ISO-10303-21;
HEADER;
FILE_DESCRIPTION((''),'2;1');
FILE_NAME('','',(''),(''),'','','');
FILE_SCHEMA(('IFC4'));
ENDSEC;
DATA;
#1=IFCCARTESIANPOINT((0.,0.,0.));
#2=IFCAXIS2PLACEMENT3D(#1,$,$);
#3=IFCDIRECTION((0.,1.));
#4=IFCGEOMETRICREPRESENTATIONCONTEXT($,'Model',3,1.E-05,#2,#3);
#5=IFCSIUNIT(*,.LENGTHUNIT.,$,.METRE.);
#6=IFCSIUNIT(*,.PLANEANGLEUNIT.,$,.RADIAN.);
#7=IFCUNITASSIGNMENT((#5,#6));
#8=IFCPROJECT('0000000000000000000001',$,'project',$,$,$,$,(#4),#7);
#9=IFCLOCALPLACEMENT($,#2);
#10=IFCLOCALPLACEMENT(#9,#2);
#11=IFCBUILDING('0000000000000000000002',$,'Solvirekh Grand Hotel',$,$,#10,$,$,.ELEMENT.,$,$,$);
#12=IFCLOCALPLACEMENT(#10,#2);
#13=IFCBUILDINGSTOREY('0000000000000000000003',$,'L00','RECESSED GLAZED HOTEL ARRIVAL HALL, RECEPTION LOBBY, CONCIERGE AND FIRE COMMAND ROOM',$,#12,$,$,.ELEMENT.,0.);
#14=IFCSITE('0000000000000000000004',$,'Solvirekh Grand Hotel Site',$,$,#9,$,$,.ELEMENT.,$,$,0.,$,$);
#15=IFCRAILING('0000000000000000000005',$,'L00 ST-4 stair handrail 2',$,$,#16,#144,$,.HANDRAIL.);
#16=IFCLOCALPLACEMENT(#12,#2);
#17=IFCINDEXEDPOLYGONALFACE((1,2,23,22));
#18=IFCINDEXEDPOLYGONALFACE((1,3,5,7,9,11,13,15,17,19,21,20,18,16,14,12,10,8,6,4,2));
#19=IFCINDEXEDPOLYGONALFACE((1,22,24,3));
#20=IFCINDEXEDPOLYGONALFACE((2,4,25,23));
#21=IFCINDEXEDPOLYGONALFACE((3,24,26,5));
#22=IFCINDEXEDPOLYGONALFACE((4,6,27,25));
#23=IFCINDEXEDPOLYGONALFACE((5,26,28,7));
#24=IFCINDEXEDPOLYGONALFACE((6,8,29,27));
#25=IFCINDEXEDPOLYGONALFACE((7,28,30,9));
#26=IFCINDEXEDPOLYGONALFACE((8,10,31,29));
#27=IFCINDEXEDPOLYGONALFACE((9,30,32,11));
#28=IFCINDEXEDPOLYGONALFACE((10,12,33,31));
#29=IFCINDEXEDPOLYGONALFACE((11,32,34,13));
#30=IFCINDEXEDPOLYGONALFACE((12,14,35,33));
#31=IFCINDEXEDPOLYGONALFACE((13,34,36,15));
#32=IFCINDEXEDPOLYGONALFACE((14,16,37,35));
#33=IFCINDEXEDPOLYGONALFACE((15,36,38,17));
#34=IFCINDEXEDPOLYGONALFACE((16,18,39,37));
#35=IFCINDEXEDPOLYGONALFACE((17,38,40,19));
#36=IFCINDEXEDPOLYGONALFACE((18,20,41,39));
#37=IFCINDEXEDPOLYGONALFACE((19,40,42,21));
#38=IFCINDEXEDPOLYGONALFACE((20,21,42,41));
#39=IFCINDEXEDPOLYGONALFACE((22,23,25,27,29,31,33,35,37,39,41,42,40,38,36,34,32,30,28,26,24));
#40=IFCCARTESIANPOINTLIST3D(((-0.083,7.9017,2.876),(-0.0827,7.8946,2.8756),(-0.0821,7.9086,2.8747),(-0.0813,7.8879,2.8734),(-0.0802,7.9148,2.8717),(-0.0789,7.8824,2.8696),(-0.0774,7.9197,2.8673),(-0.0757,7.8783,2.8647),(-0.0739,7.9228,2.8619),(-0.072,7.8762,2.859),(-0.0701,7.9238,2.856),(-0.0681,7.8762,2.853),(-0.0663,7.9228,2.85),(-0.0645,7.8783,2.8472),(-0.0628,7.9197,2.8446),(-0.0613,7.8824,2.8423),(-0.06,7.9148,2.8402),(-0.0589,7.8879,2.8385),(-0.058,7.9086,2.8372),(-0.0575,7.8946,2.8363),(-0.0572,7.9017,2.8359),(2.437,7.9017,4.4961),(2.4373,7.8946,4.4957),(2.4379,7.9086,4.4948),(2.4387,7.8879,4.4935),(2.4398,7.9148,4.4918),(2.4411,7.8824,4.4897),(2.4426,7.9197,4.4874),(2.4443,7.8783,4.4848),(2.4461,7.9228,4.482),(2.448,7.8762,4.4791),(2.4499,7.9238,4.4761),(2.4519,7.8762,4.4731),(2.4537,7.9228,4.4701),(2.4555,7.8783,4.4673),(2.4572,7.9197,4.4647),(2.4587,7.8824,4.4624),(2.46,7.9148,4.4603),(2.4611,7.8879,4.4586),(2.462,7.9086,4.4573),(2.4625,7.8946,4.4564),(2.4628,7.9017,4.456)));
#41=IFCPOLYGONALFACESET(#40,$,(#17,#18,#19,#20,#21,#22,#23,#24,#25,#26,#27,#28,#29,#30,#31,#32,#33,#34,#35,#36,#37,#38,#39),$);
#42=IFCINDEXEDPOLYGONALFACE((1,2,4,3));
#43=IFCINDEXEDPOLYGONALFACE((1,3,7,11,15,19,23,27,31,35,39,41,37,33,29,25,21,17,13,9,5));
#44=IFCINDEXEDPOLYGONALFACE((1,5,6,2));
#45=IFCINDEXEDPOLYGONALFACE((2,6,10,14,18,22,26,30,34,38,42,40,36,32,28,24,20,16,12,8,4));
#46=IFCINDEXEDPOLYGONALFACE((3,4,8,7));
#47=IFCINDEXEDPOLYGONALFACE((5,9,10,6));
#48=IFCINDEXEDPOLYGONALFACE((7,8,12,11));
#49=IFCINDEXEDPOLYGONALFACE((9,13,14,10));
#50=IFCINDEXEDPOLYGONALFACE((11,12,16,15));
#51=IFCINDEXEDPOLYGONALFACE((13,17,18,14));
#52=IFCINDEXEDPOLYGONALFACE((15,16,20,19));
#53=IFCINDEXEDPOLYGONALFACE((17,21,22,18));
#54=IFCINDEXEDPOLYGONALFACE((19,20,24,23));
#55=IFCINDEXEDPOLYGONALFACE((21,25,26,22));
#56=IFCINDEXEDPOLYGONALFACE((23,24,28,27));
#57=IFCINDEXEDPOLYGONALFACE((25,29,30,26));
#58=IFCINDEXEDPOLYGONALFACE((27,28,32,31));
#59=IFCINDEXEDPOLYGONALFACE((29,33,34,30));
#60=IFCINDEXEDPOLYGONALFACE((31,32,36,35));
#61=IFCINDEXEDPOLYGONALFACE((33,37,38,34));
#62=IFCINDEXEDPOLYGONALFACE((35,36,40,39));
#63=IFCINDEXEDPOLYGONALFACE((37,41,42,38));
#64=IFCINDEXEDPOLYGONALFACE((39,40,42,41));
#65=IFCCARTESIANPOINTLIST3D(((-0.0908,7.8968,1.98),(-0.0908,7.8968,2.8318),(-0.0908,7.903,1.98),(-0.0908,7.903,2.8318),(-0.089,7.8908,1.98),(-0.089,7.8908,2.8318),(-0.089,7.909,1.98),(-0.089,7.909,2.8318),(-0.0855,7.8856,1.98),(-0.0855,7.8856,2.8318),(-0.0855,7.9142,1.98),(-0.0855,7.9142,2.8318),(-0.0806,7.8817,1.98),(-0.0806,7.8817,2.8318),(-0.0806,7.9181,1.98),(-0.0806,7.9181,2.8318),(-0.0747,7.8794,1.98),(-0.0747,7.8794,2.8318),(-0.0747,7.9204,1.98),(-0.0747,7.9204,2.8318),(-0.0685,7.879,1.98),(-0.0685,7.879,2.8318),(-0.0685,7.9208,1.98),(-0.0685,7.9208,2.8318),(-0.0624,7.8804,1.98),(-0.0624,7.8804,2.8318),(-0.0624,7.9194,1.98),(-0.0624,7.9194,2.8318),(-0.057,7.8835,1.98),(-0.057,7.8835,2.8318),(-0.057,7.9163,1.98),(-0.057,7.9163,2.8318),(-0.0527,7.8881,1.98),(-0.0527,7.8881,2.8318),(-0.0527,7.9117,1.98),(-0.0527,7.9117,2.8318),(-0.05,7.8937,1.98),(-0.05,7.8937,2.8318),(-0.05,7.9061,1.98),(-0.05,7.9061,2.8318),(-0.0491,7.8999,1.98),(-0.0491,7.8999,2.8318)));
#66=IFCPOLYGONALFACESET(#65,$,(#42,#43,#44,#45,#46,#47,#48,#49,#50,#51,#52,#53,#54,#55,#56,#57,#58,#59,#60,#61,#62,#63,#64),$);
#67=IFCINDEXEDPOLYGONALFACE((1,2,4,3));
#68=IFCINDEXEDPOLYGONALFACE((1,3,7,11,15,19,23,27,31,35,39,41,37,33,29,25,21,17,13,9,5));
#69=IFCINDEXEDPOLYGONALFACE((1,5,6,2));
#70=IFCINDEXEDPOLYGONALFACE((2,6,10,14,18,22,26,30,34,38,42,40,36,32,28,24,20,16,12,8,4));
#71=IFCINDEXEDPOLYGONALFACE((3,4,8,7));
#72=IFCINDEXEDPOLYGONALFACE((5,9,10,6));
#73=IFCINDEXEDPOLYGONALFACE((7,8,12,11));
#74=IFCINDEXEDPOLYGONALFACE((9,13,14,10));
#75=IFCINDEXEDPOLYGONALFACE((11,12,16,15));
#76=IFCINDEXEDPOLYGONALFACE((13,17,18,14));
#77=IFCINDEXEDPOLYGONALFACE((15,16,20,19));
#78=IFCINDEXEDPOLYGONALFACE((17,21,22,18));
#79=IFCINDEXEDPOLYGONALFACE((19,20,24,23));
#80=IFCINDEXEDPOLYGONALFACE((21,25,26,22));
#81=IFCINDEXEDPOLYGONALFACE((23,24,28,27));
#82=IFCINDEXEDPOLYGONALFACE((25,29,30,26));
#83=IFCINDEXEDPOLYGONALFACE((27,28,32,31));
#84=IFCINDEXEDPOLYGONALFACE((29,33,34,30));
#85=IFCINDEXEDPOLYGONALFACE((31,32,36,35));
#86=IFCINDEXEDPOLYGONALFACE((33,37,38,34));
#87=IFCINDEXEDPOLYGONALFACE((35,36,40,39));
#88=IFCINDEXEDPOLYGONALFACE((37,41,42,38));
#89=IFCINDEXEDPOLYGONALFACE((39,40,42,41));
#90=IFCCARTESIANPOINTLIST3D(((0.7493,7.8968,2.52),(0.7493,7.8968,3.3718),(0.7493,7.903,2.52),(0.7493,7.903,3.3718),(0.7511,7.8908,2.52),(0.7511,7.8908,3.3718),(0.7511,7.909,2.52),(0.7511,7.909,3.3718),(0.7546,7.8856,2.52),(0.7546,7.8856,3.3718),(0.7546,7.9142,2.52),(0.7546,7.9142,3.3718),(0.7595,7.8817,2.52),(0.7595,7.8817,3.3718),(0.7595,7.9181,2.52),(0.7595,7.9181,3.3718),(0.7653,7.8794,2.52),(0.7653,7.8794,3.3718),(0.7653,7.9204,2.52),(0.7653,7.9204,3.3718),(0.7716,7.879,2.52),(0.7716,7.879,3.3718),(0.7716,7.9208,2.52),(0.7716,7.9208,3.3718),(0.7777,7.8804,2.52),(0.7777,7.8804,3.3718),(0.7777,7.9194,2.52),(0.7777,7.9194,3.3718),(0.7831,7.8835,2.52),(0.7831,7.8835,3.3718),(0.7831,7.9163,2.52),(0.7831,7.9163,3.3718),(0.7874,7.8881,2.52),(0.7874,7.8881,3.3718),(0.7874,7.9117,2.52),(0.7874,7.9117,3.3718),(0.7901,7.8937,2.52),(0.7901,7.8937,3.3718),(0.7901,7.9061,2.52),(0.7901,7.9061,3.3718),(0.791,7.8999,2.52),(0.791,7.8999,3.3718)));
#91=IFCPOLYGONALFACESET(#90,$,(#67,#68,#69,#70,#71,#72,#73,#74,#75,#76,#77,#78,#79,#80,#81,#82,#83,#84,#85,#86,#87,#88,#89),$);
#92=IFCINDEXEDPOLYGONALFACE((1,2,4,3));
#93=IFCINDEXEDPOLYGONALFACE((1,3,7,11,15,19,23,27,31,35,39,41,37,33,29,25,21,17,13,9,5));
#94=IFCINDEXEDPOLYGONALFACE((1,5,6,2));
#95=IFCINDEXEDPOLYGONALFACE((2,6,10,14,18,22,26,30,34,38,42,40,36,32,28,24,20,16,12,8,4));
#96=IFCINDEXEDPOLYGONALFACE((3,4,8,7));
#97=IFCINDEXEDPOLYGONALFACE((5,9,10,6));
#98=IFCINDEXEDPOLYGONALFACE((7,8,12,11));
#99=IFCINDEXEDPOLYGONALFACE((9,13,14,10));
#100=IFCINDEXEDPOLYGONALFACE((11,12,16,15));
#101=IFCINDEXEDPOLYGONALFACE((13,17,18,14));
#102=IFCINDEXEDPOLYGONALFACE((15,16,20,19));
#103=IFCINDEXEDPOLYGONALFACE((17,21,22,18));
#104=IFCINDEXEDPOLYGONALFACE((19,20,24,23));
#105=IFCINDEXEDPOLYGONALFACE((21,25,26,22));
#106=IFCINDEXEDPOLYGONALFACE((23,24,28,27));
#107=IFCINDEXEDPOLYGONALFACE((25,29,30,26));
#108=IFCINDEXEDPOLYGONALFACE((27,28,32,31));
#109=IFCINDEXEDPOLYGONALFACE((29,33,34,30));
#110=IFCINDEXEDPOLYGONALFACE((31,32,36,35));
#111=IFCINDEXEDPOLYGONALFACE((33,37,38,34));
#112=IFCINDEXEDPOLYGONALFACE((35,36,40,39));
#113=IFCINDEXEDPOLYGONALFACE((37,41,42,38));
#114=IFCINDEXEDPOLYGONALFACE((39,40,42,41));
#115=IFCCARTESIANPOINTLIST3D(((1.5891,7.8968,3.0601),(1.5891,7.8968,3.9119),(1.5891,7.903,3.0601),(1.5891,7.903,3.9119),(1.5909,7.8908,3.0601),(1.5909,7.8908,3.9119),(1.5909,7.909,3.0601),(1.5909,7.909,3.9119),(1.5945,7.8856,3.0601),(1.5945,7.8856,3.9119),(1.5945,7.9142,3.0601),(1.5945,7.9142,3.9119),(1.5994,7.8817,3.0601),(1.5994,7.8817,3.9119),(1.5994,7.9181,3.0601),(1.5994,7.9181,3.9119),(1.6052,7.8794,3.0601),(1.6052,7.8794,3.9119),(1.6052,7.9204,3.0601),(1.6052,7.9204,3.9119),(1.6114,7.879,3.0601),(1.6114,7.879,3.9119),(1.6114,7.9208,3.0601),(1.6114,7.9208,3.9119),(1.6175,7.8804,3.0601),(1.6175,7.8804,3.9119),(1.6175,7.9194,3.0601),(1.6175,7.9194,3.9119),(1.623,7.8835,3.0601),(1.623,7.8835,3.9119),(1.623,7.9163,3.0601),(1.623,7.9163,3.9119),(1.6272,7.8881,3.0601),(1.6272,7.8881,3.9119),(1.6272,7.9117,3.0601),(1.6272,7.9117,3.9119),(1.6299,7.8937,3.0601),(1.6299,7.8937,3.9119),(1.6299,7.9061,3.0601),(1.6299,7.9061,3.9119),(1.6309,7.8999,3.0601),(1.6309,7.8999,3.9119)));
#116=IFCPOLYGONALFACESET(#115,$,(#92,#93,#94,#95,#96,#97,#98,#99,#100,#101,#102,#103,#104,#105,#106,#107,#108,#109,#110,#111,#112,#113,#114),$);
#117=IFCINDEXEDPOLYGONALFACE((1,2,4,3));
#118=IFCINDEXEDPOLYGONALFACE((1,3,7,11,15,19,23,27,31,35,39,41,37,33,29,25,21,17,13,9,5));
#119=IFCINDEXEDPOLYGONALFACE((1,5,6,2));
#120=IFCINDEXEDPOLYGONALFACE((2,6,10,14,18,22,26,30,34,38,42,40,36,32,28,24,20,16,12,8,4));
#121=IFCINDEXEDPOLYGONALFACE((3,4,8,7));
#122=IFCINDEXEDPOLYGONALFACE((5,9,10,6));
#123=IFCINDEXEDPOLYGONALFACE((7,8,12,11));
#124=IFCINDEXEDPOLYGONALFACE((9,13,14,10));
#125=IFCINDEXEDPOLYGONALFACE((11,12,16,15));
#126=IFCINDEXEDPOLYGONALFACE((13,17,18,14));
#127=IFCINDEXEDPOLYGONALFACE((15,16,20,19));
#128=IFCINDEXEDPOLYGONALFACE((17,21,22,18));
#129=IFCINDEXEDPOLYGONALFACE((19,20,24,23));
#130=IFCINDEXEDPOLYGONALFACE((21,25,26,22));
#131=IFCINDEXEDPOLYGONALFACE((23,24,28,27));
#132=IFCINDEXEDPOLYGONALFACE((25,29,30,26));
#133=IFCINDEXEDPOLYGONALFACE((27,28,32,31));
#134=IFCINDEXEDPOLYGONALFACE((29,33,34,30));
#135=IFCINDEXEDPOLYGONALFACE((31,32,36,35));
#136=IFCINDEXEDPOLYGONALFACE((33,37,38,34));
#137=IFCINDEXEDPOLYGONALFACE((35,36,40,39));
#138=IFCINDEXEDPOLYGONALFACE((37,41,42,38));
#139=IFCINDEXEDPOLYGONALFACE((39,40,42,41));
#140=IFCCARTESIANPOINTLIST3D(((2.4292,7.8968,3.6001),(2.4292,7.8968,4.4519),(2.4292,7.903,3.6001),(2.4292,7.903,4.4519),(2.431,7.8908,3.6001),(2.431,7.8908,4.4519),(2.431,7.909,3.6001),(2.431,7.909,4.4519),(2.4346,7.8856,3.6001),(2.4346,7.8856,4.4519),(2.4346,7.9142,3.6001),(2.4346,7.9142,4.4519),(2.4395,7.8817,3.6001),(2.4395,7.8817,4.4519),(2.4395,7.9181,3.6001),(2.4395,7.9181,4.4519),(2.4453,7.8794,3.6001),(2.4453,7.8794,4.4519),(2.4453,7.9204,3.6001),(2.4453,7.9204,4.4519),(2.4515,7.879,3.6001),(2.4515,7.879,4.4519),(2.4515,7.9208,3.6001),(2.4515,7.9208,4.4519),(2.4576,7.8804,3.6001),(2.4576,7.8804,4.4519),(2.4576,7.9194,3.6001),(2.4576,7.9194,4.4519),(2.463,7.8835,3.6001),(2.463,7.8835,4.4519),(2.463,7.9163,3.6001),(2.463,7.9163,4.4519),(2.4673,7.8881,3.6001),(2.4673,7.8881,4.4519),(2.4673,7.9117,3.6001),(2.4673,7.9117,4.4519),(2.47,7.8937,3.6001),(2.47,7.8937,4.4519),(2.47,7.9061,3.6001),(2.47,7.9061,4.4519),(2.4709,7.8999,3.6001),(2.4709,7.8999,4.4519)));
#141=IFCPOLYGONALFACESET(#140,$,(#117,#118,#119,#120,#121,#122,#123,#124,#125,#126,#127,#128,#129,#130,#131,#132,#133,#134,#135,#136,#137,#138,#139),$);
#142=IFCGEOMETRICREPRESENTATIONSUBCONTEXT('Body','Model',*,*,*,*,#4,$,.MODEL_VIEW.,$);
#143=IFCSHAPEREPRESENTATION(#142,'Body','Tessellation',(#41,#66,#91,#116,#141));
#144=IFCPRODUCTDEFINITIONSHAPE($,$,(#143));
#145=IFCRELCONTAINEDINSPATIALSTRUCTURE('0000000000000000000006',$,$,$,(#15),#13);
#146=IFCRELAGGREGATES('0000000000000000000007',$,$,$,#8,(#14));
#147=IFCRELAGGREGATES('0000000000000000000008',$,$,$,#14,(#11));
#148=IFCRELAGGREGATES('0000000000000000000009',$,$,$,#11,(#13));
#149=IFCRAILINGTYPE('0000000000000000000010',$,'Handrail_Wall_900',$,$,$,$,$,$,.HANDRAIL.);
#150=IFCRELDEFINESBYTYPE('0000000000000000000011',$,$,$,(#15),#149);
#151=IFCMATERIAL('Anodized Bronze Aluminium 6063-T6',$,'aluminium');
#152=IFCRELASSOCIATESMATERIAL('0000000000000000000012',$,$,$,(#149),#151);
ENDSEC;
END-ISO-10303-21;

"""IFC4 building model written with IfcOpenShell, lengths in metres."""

from ifc_helpers import new_model, si_unit, direction, frame, origin, origin_2d, place, context, subcontext, project, spatial, circle, extrude, material, type_object, element, save


model = new_model("IFC4")

# Units and contexts
model_context = context("Model", 3, precision=1e-05, world=origin(), true_north=direction((0.0, 1.0)))
body_context = subcontext(model_context, "Body", "Model", "MODEL_VIEW")
ifc_project = project(units=[si_unit("LENGTHUNIT", "METRE"), si_unit("PLANEANGLEUNIT", "RADIAN")], contexts=[model_context])

# Site, building, storey
site_placement = place(None, origin())
site = spatial("IfcSite", under=ifc_project, at=site_placement, Name="Solvirekh Grand Hotel Site", CompositionType="ELEMENT", RefElevation=0.0)
building_placement = place(site_placement, origin())
building = spatial("IfcBuilding", under=site, at=building_placement, Name="Solvirekh Grand Hotel", CompositionType="ELEMENT")
storey_placement = place(building_placement, origin())
storey = spatial("IfcBuildingStorey", under=building, at=storey_placement, Name="L00", Description="RECESSED GLAZED HOTEL ARRIVAL HALL, RECEPTION LOBBY, CONCIERGE AND FIRE COMMAND ROOM", CompositionType="ELEMENT", Elevation=0.0)

# Shared definitions
ifc_material_1 = material(Name="Anodized Bronze Aluminium 6063-T6", Category="aluminium")

# Railing
railing_type_1 = type_object("IfcRailingType", Name="Handrail_Wall_900", PredefinedType="HANDRAIL", material=ifc_material_1)
railing_1_placement = place(storey_placement, frame((-0.0701, 7.8999, 1.98)))
element("IfcRailing", 1, at=railing_1_placement, inside=storey, type_object=railing_type_1, Name="L00 ST-4 stair handrail 2", PredefinedType="HANDRAIL", context=body_context, shape_type="SweptSolid", body=[
    extrude(circle(Radius=0.0239, at=origin_2d()), frame((0.0, 0.0, 0.876), z_axis=(0.841163, 0.0, 0.540782), x_axis=(0.0, 1.0, 0.0)), (0.0, 0.0, 1.0), 2.9958),
    extrude(circle(Radius=0.021, at=origin_2d()), origin(), (0.0, 0.0, 1.0), 0.8518),
    extrude(circle(Radius=0.021, at=origin_2d()), frame((0.8401, 0.0, 0.54)), (0.0, 0.0, 1.0), 0.8518),
    extrude(circle(Radius=0.021, at=origin_2d()), frame((1.6799, 0.0, 1.0801)), (0.0, 0.0, 1.0), 0.8518),
    extrude(circle(Radius=0.021, at=origin_2d()), frame((2.52, 0.0, 1.6201)), (0.0, 0.0, 1.0), 0.8518),
])

save(model, "model.ifc")
